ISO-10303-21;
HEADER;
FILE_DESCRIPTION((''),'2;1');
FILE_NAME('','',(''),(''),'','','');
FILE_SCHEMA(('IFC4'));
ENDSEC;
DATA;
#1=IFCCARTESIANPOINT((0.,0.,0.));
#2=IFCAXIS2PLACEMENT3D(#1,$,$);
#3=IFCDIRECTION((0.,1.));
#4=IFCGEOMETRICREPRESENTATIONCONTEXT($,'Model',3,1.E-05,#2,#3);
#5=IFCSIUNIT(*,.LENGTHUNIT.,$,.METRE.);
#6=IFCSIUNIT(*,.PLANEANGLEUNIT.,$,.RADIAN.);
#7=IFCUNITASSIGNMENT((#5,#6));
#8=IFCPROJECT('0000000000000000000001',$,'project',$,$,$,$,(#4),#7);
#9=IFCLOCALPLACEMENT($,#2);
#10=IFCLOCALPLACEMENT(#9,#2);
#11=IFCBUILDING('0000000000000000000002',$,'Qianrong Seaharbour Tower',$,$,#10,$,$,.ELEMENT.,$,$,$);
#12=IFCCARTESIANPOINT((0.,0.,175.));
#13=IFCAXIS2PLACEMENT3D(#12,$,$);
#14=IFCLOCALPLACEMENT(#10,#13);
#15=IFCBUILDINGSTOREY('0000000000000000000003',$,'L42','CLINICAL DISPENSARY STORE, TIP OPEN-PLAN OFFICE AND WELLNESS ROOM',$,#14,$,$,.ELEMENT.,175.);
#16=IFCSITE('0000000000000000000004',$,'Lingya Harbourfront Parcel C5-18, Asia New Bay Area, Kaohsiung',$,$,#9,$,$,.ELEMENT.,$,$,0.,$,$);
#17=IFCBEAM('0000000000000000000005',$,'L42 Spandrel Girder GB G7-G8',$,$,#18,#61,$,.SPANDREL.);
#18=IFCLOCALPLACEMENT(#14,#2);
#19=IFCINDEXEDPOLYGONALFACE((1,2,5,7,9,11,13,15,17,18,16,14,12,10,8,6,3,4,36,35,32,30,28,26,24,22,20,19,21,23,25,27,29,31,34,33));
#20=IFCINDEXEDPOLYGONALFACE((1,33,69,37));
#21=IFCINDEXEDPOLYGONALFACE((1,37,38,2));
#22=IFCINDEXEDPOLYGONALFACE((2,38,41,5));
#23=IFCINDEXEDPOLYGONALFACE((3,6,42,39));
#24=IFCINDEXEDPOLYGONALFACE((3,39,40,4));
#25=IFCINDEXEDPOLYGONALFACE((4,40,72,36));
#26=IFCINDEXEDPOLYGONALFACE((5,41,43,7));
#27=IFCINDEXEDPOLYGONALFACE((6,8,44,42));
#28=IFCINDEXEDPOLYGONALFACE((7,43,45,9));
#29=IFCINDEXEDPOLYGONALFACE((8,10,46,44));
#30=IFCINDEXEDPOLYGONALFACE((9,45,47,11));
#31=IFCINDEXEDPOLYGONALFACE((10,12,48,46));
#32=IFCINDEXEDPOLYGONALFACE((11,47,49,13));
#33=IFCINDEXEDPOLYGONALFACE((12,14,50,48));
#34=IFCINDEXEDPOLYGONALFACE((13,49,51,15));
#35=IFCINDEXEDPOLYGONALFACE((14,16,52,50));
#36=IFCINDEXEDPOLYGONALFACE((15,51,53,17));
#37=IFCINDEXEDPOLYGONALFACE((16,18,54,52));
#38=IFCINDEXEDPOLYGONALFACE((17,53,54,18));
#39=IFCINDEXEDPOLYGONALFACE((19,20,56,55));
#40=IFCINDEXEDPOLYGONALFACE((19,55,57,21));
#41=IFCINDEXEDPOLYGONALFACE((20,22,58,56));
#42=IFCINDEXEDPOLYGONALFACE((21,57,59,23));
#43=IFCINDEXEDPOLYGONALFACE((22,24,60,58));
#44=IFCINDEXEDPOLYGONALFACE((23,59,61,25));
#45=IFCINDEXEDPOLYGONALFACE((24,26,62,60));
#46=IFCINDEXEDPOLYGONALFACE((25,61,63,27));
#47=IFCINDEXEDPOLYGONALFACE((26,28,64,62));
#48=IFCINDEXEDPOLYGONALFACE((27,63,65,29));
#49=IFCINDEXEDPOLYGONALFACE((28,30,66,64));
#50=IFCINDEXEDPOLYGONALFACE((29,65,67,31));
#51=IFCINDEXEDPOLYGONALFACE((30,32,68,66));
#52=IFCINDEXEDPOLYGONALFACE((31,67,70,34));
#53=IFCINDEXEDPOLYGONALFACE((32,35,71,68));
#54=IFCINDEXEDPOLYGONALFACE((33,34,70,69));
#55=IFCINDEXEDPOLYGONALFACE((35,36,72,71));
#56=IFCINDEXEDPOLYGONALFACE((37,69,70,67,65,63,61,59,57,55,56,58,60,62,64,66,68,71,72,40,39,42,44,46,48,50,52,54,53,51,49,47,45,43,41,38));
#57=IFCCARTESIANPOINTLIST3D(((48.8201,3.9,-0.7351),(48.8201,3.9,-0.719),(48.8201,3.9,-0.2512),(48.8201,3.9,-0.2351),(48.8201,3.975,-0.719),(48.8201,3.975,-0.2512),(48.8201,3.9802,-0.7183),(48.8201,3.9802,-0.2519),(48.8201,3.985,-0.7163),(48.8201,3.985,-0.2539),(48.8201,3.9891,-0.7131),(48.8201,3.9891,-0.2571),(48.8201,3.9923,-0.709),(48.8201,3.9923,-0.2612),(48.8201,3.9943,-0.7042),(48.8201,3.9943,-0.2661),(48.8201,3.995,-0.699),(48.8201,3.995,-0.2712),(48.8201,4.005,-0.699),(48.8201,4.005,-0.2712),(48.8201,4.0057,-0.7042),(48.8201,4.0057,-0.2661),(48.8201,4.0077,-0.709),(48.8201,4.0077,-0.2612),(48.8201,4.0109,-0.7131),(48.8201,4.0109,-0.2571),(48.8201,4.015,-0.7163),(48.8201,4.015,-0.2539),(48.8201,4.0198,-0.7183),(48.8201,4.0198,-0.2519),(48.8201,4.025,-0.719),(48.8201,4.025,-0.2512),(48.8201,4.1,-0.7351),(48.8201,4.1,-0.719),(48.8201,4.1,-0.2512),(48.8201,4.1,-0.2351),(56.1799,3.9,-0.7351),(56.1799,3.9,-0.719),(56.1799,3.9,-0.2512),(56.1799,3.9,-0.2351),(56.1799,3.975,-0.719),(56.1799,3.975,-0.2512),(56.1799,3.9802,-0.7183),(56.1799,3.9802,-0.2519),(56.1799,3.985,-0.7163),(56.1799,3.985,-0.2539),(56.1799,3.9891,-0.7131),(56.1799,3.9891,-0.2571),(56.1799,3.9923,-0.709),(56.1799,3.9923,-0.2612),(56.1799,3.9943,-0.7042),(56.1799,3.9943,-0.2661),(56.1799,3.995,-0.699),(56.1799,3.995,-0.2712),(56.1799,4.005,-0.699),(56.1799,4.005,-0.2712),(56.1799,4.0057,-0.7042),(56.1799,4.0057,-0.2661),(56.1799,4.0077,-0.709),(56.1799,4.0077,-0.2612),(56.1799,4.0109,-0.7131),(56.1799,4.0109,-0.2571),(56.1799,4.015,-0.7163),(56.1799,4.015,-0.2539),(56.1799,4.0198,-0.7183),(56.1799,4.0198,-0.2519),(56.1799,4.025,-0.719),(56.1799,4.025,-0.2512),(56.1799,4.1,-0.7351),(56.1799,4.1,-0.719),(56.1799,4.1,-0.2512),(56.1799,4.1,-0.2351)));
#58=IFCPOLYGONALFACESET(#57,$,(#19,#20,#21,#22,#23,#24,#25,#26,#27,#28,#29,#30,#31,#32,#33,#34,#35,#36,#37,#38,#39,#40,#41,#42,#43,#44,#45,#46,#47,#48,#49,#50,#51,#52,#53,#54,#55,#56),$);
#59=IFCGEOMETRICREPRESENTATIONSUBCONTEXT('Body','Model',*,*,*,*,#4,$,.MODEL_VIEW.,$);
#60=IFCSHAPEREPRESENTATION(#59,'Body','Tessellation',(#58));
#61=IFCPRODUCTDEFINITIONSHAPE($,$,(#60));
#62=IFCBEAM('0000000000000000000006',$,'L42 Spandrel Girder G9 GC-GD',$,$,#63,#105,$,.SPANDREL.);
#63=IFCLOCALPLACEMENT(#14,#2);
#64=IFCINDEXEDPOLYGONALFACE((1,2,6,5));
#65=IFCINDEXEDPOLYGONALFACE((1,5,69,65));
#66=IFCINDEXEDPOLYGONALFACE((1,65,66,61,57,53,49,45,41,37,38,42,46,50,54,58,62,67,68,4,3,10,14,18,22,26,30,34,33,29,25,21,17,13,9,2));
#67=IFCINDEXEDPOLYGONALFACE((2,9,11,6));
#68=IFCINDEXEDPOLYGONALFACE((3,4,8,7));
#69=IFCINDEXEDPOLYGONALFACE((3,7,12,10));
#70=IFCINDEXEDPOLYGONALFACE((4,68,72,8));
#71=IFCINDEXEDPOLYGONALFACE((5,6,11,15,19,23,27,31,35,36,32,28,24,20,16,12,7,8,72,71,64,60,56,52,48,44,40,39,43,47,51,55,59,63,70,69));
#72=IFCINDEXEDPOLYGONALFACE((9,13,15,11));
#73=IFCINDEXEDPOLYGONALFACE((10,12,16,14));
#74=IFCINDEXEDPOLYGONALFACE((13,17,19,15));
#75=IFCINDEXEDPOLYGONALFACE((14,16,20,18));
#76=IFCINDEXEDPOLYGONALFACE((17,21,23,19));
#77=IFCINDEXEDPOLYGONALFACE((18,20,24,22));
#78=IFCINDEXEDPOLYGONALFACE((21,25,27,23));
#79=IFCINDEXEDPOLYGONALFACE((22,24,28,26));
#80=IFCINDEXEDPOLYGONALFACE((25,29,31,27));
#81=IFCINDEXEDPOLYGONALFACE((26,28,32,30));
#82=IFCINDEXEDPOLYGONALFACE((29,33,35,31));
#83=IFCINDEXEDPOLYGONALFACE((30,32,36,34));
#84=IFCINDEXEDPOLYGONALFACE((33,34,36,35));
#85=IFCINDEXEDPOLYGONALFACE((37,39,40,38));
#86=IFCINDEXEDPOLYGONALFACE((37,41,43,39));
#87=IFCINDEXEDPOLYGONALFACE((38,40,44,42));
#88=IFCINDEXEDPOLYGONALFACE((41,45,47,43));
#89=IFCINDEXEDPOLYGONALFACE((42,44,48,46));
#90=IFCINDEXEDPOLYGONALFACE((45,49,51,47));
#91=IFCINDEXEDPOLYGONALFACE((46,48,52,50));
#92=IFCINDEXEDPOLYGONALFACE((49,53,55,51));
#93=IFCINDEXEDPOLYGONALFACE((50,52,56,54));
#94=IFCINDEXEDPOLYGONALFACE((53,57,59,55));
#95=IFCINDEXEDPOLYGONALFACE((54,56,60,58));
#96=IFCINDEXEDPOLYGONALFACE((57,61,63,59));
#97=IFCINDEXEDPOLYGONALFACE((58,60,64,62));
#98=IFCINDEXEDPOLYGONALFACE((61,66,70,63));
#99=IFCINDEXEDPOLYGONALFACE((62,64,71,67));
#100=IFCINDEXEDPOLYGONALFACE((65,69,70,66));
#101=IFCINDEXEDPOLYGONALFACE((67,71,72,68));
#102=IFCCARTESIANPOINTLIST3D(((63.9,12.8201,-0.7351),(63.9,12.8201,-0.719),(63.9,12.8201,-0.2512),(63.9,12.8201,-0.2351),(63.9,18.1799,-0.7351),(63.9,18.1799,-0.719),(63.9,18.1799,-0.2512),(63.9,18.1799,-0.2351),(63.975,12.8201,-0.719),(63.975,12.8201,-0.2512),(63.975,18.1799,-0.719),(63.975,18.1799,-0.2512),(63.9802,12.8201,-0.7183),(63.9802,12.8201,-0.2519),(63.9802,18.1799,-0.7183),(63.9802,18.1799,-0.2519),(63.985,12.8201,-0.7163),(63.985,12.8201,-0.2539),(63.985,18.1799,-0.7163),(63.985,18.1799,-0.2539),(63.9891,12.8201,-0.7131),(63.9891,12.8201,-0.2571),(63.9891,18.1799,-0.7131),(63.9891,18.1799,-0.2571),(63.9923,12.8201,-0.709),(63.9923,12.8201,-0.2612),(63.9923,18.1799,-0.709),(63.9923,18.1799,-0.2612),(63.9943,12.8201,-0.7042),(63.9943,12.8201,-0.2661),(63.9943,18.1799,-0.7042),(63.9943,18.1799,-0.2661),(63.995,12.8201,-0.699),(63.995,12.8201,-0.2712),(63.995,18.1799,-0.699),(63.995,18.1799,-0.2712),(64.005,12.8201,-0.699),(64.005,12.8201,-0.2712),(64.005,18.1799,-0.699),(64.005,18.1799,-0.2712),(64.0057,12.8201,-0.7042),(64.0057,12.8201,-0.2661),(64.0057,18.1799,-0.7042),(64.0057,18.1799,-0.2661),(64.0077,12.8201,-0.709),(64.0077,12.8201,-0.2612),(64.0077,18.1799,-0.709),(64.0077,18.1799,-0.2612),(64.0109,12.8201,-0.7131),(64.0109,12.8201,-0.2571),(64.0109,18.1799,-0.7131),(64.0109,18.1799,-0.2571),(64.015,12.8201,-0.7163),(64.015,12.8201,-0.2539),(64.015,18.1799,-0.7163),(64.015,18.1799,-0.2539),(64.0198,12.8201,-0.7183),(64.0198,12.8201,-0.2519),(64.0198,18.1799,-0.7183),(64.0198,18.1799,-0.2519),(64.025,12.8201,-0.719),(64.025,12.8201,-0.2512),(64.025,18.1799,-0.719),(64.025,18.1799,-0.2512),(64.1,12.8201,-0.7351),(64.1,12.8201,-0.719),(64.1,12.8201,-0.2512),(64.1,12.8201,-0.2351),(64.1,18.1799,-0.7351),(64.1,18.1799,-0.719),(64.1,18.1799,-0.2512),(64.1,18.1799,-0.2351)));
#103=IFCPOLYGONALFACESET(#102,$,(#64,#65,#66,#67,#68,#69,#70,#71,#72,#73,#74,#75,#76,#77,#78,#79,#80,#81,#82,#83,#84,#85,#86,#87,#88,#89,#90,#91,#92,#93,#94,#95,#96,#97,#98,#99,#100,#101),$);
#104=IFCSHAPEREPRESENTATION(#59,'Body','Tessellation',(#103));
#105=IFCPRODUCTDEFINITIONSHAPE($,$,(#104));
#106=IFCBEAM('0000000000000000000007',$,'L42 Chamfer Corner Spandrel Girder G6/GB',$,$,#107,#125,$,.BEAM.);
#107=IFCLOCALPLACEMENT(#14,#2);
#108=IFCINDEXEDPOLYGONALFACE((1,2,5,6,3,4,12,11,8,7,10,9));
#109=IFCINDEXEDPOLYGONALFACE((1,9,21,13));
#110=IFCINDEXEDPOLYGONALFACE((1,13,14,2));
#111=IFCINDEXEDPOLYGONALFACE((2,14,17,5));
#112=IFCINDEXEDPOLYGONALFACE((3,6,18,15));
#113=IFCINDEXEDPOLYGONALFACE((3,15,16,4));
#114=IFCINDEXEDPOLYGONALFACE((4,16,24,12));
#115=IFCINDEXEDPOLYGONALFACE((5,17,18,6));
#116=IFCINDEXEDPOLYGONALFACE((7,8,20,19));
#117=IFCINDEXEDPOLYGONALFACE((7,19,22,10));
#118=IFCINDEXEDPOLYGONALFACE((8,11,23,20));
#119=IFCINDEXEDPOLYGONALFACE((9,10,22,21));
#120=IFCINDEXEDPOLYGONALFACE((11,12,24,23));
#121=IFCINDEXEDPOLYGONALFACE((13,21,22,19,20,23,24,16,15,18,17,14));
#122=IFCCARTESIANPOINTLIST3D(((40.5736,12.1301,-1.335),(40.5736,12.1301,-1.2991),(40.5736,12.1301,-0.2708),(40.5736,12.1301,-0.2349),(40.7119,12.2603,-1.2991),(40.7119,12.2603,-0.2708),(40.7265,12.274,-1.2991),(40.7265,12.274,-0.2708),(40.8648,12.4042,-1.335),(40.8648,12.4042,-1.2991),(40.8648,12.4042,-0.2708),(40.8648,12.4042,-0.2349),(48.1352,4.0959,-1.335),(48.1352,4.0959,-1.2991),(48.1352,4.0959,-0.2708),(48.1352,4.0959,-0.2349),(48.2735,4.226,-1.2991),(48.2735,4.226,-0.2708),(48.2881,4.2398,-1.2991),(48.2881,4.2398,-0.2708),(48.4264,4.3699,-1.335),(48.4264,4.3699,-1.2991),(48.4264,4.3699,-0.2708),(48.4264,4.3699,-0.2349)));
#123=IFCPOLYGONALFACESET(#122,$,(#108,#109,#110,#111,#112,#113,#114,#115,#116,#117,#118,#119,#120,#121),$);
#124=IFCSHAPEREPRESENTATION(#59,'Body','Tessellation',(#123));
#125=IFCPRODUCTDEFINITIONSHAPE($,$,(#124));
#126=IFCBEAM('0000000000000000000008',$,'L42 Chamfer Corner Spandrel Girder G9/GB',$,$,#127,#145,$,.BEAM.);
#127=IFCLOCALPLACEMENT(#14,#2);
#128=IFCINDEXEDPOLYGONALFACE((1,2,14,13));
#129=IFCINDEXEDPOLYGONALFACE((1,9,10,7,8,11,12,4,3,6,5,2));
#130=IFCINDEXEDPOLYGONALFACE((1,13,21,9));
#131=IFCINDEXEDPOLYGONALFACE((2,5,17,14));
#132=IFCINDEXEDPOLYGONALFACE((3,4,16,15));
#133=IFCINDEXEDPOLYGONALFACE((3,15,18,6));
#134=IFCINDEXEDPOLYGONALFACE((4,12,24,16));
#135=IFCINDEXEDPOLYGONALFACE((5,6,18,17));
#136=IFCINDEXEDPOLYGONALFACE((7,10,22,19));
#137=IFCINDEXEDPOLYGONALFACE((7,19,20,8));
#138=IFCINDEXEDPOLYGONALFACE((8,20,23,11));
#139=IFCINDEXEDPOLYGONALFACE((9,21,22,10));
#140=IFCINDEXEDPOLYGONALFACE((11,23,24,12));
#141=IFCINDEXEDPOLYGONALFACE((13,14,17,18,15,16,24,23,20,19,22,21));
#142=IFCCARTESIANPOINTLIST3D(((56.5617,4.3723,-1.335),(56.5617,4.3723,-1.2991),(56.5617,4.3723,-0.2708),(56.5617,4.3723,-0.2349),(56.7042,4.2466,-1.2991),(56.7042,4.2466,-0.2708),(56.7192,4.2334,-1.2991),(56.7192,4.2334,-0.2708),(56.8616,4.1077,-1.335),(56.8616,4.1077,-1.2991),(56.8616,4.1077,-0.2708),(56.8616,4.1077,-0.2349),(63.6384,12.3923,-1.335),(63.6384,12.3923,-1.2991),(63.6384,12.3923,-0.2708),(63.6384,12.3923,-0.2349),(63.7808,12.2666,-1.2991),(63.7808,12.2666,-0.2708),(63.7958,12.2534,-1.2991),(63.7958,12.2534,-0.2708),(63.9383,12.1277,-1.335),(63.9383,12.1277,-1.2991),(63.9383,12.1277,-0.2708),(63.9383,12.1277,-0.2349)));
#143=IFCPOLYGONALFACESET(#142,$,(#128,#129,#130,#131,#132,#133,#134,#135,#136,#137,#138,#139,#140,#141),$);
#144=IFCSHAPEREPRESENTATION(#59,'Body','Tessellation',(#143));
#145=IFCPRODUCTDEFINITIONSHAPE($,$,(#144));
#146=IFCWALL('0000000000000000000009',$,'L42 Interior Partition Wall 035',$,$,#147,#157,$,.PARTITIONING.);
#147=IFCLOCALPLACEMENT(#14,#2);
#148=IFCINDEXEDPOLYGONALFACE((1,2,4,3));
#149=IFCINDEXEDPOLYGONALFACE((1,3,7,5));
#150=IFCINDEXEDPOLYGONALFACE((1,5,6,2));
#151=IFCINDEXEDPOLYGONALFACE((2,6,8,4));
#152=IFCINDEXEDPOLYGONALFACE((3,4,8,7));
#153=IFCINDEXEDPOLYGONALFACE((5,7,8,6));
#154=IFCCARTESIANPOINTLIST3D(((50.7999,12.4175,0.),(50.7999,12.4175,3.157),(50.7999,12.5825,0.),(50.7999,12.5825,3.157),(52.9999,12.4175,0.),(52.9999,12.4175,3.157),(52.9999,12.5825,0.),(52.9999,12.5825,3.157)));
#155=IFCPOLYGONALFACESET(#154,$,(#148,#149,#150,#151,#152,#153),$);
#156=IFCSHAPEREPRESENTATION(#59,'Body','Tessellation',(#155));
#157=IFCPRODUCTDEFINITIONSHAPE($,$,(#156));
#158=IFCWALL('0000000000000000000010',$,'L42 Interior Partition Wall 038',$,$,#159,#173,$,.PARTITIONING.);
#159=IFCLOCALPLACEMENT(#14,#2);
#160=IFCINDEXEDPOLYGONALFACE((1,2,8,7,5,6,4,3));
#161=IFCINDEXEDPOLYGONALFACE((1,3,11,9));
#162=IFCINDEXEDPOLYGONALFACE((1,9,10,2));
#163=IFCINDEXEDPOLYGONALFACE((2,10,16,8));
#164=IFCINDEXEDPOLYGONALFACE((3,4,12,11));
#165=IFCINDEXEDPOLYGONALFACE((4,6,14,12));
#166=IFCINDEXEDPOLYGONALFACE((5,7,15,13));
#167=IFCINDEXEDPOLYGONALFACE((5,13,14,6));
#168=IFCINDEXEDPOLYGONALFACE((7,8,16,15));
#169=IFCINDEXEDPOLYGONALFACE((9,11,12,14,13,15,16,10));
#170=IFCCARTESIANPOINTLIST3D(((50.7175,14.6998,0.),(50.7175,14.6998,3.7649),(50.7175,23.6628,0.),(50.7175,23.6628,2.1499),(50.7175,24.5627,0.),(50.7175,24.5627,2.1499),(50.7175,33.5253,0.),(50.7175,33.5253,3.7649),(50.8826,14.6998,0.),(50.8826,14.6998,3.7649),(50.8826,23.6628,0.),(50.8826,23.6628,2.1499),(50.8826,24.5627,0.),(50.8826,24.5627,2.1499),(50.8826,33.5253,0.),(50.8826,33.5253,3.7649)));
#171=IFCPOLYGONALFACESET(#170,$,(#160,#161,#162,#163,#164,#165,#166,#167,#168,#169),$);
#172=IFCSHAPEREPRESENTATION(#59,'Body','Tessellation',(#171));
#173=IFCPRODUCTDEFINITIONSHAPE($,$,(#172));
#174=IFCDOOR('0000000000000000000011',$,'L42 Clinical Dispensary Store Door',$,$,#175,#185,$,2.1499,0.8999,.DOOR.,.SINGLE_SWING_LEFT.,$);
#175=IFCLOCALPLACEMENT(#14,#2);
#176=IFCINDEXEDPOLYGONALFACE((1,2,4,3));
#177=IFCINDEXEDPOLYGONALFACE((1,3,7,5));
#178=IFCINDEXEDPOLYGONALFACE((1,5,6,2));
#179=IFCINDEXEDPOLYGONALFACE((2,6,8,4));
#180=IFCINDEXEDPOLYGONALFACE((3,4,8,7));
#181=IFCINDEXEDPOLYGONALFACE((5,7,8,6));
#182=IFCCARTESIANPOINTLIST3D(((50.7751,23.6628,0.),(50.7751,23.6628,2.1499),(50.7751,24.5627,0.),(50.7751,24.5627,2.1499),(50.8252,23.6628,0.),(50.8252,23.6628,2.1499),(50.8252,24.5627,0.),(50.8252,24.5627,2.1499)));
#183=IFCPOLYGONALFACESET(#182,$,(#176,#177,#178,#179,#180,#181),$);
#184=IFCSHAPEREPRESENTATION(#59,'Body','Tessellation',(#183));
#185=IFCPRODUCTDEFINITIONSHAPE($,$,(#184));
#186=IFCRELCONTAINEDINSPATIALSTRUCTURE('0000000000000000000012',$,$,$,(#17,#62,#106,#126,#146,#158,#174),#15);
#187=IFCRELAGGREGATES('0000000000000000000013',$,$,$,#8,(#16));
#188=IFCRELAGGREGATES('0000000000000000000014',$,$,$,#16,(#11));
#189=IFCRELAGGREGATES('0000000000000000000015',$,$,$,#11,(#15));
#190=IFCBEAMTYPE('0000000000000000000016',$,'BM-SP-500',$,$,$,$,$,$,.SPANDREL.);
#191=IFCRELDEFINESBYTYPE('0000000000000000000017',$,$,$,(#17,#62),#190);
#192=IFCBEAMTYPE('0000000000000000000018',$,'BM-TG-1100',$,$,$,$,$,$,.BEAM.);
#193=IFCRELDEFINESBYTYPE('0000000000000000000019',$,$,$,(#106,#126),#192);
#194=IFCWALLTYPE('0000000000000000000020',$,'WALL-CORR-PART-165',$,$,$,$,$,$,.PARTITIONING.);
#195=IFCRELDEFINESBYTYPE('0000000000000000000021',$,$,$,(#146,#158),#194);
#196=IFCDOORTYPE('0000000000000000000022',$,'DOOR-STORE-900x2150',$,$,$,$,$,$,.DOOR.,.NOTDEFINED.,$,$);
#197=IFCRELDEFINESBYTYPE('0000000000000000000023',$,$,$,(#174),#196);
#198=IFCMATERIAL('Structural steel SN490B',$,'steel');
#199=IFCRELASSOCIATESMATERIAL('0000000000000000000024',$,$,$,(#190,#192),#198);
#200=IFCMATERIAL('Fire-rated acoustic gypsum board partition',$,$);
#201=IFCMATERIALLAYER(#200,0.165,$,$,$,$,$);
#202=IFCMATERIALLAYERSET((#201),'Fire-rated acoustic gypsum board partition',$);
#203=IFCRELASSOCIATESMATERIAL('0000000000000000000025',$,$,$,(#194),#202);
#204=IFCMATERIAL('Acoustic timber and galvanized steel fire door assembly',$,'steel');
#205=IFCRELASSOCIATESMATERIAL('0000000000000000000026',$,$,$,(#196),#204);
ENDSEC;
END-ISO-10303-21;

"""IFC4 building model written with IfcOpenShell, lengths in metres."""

from ifc_helpers import new_model, si_unit, direction, frame, frame_2d, origin, origin_2d, place, context, subcontext, project, spatial, rectangle, i_section, extrude, material, layer, layer_set, material_profile, profile_set, type_object, element, fill, save


model = new_model("IFC4")

# Units and contexts
model_context = context("Model", 3, precision=1e-05, world=origin(), true_north=direction((0.0, 1.0)))
body_context = subcontext(model_context, "Body", "Model", "MODEL_VIEW")
ifc_project = project(units=[si_unit("LENGTHUNIT", "METRE"), si_unit("PLANEANGLEUNIT", "RADIAN")], contexts=[model_context])

# Site, building, storey
site_placement = place(None, origin())
site = spatial("IfcSite", under=ifc_project, at=site_placement, Name="Lingya Harbourfront Parcel C5-18, Asia New Bay Area, Kaohsiung", CompositionType="ELEMENT", RefElevation=0.0)
building_placement = place(site_placement, origin())
building = spatial("IfcBuilding", under=site, at=building_placement, Name="Qianrong Seaharbour Tower", CompositionType="ELEMENT")
storey_placement = place(building_placement, frame((0.0, 0.0, 175.0)))
storey = spatial("IfcBuildingStorey", under=building, at=storey_placement, Name="L42", Description="CLINICAL DISPENSARY STORE, TIP OPEN-PLAN OFFICE AND WELLNESS ROOM", CompositionType="ELEMENT", Elevation=175.0)

# Shared definitions
ifc_material_1 = material(Name="Structural steel SN490B", Category="steel")

# Beams
ifc_material_profile_1 = material_profile(ifc_material_1, i_section(OverallWidth=0.2, OverallDepth=0.5, WebThickness=0.01, FlangeThickness=0.0161, FilletRadius=0.02, at=origin_2d()), Name="H500x200x10x16")
ifc_profile_set_1 = profile_set([ifc_material_profile_1], Name="Structural steel SN490B")
beam_type_1 = type_object("IfcBeamType", Name="BM-SP-500", PredefinedType="SPANDREL", material=ifc_profile_set_1)
beam_1_placement = place(storey_placement, frame((48.8201, 4.0, -0.4851), z_axis=(1.0, 0.0, 0.0), x_axis=(0.0, 1.0, 0.0)))
element("IfcBeam", 1, at=beam_1_placement, inside=storey, type_object=beam_type_1, Name="L42 Spandrel Girder GB G7-G8", PredefinedType="SPANDREL", context=body_context, shape_type="SweptSolid", body=[
    extrude(i_section(OverallWidth=0.2, OverallDepth=0.5, WebThickness=0.01, FlangeThickness=0.0161, FilletRadius=0.02, at=origin_2d()), origin(), (0.0, 0.0, 1.0), 7.3599),
])
beam_2_placement = place(storey_placement, frame((64.0, 12.8201, -0.4851), z_axis=(0.0, 1.0, 0.0), x_axis=(-1.0, 0.0, 0.0)))
element("IfcBeam", 2, at=beam_2_placement, inside=storey, type_object=beam_type_1, Name="L42 Spandrel Girder G9 GC-GD", PredefinedType="SPANDREL", context=body_context, shape_type="SweptSolid", body=[
    extrude(i_section(OverallWidth=0.2, OverallDepth=0.5, WebThickness=0.01, FlangeThickness=0.0161, FilletRadius=0.02, at=origin_2d()), origin(), (0.0, 0.0, 1.0), 5.3599),
])
ifc_material_profile_2 = material_profile(ifc_material_1, i_section(OverallWidth=0.3999, OverallDepth=1.1001, WebThickness=0.02, FlangeThickness=0.0359, at=origin_2d()), Name="BH1100x400x20x36")
ifc_profile_set_2 = profile_set([ifc_material_profile_2], Name="Structural steel SN490B")
beam_type_2 = type_object("IfcBeamType", Name="BM-TG-1100", PredefinedType="BEAM", material=ifc_profile_set_2)
beam_3_placement = place(storey_placement, frame((48.2808, 4.2329, -0.7849), z_axis=(-0.685362, 0.728203, 0.0), x_axis=(-0.728203, -0.685362, 0.0)))
element("IfcBeam", 3, at=beam_3_placement, inside=storey, type_object=beam_type_2, Name="L42 Chamfer Corner Spandrel Girder G6/GB", PredefinedType="BEAM", context=body_context, shape_type="SweptSolid", body=[
    extrude(i_section(OverallWidth=0.3999, OverallDepth=1.1001, WebThickness=0.02, FlangeThickness=0.0359, at=origin_2d()), origin(), (0.0, 0.0, 1.0), 11.033),
])
beam_4_placement = place(storey_placement, frame((56.7117, 4.24, -0.7849), z_axis=(0.661631, 0.74983, 0.0), x_axis=(-0.74983, 0.661631, 0.0)))
element("IfcBeam", 4, at=beam_4_placement, inside=storey, type_object=beam_type_2, Name="L42 Chamfer Corner Spandrel Girder G9/GB", PredefinedType="BEAM", context=body_context, shape_type="SweptSolid", body=[
    extrude(i_section(OverallWidth=0.3999, OverallDepth=1.1001, WebThickness=0.02, FlangeThickness=0.0359, at=origin_2d()), origin(), (0.0, 0.0, 1.0), 10.6958),
])

# Wall
ifc_material_2 = material(Name="Fire-rated acoustic gypsum board partition")
ifc_layer_1 = layer(ifc_material_2, 0.165)
ifc_layer_set_1 = layer_set([ifc_layer_1], Name="Fire-rated acoustic gypsum board partition")
wall_type_1 = type_object("IfcWallType", Name="WALL-CORR-PART-165", PredefinedType="PARTITIONING", material=ifc_layer_set_1)
wall_1_placement = place(storey_placement, frame((53.0, 12.5, 0.0), z_axis=(0.0, 0.0, 1.0), x_axis=(-1.0, 0.0, 0.0)))
element("IfcWall", 5, at=wall_1_placement, inside=storey, type_object=wall_type_1, Name="L42 Interior Partition Wall 035", PredefinedType="PARTITIONING", context=body_context, shape_type="SweptSolid", body=[
    extrude(rectangle(XDim=2.2, YDim=0.165, at=frame_2d((1.1001, 0.0))), origin(), (0.0, 0.0, 1.0), 3.157),
])

# Wall, opening, door
wall_2_placement = place(storey_placement, frame((50.8, 14.7, 0.0), z_axis=(0.0, 0.0, 1.0), x_axis=(0.0, 1.0, 0.0)))
wall_2 = element("IfcWall", 6, at=wall_2_placement, inside=storey, type_object=wall_type_1, Name="L42 Interior Partition Wall 038", PredefinedType="PARTITIONING", context=body_context, shape_type="SweptSolid", body=[
    extrude(rectangle(XDim=18.8254, YDim=0.165, at=frame_2d((9.4126, 0.0))), origin(), (0.0, 0.0, 1.0), 3.7649),
])
opening_1_placement = place(wall_2_placement, frame((8.9629, 0.0, 0.0)))
opening_1 = element("IfcOpeningElement", 7, at=opening_1_placement, cuts=wall_2, PredefinedType="OPENING", context=body_context, shape_type="SweptSolid", body=[
    extrude(rectangle(XDim=0.8999, YDim=2.1499, at=frame_2d((0.45, 1.075))), frame((0.0, 0.0925, 0.0), z_axis=(0.0, -1.0, 0.0), x_axis=(1.0, 0.0, 0.0)), (0.0, 0.0, 1.0), 0.1851),
])
ifc_material_3 = material(Name="Acoustic timber and galvanized steel fire door assembly", Category="steel")
door_type_1 = type_object("IfcDoorType", Name="DOOR-STORE-900x2150", OperationType="NOTDEFINED", PredefinedType="DOOR", material=ifc_material_3)
door_1_placement = place(opening_1_placement, origin())
door_1 = element("IfcDoor", 8, at=door_1_placement, inside=storey, type_object=door_type_1, Name="L42 Clinical Dispensary Store Door", OperationType="SINGLE_SWING_LEFT", OverallHeight=2.1499, OverallWidth=0.8999, PredefinedType="DOOR", context=body_context, shape_type="SweptSolid", body=[
    extrude(rectangle(XDim=0.8999, YDim=2.1499, at=frame_2d((0.45, 1.075))), frame((0.0, 0.0249, 0.0), z_axis=(0.0, -1.0, 0.0), x_axis=(1.0, 0.0, 0.0)), (0.0, 0.0, 1.0), 0.05),
])
fill(opening_1, door_1)

save(model, "model.ifc")
